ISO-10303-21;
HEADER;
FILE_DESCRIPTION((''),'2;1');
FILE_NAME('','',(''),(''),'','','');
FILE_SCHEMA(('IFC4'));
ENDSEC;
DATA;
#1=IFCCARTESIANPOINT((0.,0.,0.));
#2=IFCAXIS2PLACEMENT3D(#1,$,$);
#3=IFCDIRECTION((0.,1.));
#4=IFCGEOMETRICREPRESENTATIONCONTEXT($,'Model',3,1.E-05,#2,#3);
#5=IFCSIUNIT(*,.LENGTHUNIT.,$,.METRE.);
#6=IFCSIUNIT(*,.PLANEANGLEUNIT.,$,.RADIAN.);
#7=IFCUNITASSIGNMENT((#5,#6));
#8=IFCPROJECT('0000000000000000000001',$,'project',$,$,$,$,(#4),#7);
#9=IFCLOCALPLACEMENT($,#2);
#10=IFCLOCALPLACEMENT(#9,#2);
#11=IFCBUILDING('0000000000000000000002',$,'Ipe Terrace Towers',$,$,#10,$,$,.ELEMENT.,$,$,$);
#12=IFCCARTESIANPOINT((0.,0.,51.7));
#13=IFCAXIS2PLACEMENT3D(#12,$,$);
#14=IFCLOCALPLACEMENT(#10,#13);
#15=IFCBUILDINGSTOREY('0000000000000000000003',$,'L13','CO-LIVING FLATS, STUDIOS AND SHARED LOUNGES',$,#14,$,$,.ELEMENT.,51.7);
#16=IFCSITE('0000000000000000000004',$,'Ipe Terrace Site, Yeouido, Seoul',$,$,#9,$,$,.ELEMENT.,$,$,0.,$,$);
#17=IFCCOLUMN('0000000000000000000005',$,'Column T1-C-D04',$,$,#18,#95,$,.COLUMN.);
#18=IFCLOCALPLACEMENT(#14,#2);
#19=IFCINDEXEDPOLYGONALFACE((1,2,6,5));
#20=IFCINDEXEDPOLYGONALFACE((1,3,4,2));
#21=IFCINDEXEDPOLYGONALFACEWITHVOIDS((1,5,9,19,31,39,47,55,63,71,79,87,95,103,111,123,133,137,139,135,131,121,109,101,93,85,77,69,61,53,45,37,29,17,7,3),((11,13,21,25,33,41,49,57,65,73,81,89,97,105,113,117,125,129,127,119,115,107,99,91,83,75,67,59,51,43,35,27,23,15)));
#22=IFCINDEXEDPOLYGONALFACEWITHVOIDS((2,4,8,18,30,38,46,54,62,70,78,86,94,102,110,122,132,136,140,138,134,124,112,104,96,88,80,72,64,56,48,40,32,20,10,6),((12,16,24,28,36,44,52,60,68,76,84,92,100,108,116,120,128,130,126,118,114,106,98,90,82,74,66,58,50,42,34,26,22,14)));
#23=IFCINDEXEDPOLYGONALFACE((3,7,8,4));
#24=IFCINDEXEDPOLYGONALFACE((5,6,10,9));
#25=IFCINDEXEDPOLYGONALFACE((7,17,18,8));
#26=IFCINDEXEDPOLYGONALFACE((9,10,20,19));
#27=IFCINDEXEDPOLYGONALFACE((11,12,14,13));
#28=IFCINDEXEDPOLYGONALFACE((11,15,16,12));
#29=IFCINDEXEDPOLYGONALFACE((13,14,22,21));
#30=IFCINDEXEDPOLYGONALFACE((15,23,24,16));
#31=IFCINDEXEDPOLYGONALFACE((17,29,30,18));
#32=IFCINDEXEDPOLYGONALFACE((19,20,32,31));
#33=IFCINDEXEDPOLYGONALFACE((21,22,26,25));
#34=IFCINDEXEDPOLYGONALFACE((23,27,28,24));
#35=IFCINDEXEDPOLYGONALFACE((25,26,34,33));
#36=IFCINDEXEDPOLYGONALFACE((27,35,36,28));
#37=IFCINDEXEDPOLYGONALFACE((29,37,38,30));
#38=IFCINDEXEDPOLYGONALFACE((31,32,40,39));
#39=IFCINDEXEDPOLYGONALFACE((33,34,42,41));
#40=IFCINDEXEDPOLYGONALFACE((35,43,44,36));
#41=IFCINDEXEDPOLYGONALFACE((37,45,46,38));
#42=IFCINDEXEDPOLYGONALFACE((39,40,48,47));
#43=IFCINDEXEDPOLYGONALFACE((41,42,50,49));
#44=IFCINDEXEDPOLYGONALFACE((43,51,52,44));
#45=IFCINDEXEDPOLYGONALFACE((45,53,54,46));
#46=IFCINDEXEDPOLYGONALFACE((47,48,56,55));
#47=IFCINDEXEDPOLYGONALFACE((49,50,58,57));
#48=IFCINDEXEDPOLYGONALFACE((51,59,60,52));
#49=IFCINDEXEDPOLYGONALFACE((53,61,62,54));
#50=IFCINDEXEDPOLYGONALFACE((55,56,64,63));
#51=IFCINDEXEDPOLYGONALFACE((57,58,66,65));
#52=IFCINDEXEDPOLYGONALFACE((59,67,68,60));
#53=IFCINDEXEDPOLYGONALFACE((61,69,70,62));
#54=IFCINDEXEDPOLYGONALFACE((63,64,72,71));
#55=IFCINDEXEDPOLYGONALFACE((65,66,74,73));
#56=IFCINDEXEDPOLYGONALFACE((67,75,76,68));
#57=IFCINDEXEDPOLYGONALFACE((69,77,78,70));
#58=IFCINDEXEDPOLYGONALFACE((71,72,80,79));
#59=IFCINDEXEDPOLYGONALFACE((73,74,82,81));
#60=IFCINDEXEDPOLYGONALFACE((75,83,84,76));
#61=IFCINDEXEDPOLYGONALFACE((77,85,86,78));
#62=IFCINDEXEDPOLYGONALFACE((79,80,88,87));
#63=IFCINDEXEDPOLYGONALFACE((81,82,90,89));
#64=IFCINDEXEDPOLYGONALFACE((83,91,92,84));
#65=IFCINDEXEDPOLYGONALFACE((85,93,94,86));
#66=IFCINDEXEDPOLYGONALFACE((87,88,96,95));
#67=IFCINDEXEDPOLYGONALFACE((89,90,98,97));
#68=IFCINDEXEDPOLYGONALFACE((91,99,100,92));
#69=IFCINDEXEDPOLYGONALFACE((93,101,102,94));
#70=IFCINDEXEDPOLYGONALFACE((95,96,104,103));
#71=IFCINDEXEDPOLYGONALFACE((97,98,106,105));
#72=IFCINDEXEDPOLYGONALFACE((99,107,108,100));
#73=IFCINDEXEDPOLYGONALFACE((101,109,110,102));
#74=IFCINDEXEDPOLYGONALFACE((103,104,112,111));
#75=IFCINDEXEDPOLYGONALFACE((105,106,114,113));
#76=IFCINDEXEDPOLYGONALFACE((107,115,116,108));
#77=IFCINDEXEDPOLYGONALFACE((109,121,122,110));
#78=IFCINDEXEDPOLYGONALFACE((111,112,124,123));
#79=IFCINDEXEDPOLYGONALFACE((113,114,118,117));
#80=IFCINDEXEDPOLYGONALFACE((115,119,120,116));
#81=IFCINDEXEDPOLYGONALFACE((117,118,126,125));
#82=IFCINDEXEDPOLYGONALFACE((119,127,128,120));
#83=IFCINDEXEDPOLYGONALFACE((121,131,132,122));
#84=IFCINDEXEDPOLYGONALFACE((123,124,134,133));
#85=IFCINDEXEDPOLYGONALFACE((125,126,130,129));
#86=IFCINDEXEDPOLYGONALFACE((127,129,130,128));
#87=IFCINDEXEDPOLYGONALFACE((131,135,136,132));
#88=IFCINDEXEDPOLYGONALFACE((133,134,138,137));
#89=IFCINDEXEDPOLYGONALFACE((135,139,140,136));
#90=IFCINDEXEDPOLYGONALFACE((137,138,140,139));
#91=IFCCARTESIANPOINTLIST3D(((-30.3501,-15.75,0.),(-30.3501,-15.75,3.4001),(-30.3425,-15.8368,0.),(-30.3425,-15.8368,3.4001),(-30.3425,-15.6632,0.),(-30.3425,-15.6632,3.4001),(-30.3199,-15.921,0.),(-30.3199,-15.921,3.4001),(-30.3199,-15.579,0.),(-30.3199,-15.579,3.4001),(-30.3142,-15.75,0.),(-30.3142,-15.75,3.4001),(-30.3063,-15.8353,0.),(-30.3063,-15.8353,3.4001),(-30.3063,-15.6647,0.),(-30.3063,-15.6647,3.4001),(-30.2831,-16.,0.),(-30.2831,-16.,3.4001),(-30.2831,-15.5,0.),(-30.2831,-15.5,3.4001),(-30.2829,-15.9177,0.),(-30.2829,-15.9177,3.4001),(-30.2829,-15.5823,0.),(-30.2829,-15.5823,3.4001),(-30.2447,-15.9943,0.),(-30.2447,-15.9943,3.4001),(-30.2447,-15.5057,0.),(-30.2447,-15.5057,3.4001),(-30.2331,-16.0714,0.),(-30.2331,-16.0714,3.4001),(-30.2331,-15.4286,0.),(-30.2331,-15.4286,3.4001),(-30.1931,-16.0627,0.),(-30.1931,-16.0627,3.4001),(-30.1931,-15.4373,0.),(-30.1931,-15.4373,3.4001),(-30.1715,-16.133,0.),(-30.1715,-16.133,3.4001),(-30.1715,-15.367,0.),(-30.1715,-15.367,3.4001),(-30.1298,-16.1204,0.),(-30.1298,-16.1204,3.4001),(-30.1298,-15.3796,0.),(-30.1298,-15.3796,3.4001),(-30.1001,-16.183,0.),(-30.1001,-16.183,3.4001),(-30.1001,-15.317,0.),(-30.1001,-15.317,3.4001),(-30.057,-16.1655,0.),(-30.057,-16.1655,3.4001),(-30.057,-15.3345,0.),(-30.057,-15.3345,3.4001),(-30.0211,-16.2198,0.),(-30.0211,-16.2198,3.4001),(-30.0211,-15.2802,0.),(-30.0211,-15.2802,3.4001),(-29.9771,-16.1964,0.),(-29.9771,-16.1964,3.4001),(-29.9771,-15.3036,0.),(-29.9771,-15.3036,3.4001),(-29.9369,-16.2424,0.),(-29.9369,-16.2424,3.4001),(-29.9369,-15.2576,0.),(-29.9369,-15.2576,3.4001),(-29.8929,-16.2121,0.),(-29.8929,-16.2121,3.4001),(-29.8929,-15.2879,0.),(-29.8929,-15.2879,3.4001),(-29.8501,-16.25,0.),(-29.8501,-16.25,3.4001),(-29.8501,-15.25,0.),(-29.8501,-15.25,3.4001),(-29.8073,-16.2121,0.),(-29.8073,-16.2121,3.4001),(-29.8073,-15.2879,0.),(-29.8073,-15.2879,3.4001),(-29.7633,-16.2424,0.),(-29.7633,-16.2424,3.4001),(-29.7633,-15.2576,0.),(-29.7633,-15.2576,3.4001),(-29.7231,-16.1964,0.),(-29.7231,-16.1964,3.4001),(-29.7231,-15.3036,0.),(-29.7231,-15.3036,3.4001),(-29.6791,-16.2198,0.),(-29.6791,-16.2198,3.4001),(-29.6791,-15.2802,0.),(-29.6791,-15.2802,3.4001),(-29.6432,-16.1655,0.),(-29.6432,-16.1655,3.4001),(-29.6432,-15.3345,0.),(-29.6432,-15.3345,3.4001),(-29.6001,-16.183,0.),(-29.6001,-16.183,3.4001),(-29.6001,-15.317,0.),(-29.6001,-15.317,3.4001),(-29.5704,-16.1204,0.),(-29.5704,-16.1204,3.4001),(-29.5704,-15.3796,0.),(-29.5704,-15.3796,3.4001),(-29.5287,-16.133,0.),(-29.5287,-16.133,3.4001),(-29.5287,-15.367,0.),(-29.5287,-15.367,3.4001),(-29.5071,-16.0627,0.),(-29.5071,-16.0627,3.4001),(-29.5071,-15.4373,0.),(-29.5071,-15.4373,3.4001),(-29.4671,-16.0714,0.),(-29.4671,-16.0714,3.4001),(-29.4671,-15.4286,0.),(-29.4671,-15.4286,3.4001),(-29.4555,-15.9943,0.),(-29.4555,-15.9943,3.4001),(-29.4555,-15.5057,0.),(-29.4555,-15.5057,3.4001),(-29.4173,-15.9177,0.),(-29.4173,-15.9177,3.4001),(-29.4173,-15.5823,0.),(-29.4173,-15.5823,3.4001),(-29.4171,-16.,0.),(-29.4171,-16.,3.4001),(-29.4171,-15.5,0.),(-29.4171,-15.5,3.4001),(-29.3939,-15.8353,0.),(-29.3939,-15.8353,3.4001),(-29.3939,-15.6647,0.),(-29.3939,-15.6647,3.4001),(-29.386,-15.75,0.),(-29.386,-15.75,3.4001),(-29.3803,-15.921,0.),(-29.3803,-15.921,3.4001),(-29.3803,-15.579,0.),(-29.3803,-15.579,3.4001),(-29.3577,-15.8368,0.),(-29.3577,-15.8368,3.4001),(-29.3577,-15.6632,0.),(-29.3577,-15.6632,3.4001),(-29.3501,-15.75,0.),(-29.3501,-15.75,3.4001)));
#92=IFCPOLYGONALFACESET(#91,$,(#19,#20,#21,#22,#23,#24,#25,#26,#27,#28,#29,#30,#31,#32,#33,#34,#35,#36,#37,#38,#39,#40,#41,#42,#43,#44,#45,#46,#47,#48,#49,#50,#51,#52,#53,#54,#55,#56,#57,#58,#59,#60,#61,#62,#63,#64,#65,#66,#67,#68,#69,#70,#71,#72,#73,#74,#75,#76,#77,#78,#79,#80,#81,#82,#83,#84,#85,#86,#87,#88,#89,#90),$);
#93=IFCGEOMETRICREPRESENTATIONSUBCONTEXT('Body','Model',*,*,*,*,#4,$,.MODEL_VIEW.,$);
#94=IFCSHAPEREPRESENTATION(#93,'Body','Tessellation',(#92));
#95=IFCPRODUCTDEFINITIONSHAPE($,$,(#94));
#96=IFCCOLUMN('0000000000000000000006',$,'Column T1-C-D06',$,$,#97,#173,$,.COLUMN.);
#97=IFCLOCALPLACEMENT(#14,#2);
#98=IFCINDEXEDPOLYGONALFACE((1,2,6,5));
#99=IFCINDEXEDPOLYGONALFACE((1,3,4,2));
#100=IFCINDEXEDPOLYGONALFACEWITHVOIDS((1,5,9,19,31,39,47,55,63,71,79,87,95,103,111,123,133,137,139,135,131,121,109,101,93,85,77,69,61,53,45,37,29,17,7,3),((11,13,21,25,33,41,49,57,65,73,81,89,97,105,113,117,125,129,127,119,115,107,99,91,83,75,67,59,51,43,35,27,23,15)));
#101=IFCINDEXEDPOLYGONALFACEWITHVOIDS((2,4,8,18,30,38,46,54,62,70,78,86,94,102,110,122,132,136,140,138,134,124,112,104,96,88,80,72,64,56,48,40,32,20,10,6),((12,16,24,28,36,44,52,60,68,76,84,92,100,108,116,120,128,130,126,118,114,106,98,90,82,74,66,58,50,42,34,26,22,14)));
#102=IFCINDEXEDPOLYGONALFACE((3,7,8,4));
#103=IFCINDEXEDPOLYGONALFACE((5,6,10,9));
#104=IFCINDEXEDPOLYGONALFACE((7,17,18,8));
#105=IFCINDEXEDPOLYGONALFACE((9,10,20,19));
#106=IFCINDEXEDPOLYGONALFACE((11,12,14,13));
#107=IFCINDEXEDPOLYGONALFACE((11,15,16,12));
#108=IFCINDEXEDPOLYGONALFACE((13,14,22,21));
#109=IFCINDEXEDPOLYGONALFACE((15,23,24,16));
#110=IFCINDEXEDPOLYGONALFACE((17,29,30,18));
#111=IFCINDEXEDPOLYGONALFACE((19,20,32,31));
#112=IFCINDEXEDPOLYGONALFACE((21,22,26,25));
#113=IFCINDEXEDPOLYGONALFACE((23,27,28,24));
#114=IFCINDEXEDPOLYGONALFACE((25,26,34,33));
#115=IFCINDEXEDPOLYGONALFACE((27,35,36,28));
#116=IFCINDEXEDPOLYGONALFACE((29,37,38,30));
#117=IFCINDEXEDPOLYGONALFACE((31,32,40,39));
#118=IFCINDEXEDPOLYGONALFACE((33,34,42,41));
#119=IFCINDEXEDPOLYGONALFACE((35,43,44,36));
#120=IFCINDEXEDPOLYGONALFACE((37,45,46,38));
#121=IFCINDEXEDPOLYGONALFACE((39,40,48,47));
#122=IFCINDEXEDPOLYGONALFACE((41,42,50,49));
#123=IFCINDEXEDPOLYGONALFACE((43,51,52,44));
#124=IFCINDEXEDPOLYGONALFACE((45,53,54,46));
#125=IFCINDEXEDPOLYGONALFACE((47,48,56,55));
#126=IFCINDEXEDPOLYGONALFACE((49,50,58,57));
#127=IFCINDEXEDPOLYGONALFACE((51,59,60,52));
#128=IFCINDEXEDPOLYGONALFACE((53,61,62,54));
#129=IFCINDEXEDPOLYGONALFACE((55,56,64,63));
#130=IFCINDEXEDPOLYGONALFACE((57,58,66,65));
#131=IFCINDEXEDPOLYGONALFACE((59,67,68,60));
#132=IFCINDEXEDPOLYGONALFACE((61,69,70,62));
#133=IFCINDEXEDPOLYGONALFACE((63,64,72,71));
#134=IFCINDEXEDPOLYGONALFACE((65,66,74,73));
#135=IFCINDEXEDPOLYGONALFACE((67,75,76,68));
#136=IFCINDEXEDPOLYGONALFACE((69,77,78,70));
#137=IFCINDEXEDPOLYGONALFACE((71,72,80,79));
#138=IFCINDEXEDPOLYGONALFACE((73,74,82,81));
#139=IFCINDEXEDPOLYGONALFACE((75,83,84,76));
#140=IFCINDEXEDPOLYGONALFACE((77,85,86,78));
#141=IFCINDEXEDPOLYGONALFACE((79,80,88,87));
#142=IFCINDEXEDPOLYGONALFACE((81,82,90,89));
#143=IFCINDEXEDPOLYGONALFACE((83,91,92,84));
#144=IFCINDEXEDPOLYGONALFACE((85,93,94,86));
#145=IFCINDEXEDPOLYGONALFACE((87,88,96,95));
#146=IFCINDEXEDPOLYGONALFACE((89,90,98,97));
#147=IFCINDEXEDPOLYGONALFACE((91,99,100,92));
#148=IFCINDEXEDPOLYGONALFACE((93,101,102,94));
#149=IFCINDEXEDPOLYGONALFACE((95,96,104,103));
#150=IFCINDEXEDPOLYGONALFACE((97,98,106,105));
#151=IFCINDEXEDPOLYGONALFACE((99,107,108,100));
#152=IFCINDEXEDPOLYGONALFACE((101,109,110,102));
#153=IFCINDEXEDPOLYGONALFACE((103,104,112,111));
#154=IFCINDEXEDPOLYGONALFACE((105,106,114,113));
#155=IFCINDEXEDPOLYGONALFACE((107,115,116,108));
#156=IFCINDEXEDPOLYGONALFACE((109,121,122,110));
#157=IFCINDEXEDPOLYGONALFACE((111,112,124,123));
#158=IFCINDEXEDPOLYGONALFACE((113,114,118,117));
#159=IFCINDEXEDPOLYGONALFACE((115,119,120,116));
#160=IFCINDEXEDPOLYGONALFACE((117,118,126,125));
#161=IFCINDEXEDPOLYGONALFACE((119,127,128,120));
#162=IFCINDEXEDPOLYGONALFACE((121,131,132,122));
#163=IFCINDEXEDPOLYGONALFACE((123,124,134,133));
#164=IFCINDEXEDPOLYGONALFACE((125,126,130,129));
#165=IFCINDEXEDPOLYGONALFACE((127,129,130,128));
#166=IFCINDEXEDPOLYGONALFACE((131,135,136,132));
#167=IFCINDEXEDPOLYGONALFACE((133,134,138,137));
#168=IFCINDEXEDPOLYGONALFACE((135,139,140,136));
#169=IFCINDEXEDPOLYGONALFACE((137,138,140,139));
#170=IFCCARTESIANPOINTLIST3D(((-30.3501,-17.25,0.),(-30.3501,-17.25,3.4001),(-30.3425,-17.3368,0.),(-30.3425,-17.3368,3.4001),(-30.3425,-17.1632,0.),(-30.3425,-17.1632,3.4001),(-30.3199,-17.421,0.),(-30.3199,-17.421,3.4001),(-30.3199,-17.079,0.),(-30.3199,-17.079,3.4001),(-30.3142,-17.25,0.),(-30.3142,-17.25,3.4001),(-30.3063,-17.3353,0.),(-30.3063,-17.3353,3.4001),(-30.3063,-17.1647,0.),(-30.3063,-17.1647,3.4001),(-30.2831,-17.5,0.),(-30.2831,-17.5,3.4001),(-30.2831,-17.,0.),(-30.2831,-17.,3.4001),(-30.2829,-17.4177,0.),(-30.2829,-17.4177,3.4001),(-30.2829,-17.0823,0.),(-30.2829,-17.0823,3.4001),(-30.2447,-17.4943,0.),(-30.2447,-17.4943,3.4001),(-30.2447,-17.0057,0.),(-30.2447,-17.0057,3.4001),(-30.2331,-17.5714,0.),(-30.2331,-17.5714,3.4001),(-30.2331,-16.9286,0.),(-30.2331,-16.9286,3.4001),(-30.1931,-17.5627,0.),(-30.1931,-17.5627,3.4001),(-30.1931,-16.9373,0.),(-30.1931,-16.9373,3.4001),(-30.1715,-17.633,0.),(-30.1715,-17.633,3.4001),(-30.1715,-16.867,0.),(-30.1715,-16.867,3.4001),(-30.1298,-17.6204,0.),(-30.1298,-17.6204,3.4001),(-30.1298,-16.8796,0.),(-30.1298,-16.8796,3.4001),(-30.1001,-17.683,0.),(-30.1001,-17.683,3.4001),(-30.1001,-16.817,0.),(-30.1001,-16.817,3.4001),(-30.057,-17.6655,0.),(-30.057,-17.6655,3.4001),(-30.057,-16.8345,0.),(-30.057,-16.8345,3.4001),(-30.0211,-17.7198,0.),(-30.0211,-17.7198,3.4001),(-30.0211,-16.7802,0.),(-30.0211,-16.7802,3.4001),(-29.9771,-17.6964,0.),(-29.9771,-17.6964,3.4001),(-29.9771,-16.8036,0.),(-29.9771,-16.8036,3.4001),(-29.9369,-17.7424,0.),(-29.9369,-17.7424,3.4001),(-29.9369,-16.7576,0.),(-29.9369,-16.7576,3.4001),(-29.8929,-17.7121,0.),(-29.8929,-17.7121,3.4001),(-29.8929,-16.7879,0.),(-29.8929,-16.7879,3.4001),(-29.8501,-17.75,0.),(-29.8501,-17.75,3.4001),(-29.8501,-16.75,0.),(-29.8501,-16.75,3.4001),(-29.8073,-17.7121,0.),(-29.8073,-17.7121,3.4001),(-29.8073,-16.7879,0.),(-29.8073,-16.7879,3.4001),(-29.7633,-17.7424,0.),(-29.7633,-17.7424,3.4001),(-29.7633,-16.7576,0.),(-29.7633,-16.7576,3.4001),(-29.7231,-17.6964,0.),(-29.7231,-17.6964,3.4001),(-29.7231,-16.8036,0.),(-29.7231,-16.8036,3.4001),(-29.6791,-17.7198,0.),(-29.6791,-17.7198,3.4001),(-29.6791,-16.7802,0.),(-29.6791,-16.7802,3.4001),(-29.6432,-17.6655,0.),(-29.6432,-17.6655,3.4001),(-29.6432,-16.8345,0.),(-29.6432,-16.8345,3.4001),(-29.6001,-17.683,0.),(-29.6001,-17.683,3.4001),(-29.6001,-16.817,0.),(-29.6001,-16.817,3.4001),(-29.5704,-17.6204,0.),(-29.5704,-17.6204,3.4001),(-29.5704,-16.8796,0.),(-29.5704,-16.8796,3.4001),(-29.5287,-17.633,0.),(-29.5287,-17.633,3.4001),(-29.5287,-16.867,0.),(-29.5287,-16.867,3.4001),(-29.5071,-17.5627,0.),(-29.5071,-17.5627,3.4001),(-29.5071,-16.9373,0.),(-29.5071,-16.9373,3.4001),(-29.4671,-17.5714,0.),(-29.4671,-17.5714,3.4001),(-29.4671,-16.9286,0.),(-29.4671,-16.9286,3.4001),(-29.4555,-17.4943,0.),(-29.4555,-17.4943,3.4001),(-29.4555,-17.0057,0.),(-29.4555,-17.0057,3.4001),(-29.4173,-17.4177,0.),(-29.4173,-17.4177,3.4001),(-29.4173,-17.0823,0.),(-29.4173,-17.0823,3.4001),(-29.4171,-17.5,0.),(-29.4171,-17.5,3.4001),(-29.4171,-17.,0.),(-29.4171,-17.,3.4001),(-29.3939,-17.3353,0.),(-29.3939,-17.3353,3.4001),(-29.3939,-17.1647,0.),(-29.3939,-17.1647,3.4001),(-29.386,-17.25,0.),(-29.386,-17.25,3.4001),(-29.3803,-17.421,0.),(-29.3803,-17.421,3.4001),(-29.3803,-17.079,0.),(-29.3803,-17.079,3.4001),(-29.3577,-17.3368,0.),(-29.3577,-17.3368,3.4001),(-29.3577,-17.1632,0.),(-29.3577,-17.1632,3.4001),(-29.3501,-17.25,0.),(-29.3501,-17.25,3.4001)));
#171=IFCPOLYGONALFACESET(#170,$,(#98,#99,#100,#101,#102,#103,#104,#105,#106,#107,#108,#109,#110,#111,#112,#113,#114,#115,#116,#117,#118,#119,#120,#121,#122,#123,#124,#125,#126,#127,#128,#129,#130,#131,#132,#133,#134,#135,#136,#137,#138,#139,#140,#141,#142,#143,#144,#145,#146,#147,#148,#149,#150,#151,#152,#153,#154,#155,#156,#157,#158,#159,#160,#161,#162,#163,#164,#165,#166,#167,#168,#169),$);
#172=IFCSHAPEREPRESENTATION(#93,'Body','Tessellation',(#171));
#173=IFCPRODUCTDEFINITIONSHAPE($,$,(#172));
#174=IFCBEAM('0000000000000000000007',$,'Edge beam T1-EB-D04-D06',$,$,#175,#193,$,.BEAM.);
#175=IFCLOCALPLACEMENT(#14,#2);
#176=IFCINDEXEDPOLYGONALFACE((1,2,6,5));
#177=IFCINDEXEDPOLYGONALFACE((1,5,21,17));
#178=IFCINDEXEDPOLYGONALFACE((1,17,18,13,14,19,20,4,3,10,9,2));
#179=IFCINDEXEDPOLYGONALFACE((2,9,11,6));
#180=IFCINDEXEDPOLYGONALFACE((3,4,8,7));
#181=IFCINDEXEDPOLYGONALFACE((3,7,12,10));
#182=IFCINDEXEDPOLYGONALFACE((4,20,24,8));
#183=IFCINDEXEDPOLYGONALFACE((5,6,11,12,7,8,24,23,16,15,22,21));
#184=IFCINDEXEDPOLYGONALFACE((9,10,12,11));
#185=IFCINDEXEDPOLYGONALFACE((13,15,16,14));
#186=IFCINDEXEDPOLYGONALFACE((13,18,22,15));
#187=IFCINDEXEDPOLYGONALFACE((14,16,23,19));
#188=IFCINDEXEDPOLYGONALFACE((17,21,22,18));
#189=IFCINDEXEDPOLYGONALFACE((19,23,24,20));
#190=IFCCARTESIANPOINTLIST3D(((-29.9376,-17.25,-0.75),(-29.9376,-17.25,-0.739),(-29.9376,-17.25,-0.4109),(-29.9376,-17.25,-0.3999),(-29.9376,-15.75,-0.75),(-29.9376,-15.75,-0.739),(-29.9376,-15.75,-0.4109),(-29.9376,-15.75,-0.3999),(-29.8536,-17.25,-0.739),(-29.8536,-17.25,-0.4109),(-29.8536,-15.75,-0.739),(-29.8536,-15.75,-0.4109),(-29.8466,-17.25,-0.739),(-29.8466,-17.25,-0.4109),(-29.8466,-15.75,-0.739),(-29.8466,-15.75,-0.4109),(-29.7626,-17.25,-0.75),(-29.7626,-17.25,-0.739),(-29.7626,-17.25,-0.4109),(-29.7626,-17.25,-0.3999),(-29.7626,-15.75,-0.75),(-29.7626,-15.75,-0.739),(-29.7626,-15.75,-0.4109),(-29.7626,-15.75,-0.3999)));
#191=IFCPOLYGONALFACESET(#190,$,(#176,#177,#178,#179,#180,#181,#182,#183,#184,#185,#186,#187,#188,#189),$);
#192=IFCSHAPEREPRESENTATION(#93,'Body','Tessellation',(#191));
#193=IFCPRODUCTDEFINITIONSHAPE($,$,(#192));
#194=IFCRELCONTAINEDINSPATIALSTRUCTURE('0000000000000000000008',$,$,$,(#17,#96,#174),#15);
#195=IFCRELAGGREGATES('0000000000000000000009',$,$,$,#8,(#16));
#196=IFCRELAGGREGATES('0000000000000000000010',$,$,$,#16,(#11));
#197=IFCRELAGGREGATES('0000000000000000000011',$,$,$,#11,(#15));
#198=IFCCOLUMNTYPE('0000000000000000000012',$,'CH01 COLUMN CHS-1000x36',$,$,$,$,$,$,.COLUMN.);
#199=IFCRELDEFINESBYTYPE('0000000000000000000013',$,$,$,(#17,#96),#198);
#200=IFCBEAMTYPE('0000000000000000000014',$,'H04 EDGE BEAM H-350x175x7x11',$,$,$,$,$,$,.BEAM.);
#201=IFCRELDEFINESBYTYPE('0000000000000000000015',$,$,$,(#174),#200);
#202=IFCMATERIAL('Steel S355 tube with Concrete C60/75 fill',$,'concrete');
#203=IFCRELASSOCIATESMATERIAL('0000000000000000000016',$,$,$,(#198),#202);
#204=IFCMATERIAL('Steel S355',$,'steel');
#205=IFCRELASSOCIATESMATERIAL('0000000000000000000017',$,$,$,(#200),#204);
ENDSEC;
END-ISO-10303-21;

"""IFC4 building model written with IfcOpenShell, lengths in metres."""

from ifc_helpers import new_model, si_unit, direction, frame, origin, origin_2d, place, context, subcontext, project, spatial, hollow_circle, i_section, extrude, material, material_profile, profile_set, type_object, element, save


model = new_model("IFC4")

# Units and contexts
model_context = context("Model", 3, precision=1e-05, world=origin(), true_north=direction((0.0, 1.0)))
body_context = subcontext(model_context, "Body", "Model", "MODEL_VIEW")
ifc_project = project(units=[si_unit("LENGTHUNIT", "METRE"), si_unit("PLANEANGLEUNIT", "RADIAN")], contexts=[model_context])

# Site, building, storey
site_placement = place(None, origin())
site = spatial("IfcSite", under=ifc_project, at=site_placement, Name="Ipe Terrace Site, Yeouido, Seoul", CompositionType="ELEMENT", RefElevation=0.0)
building_placement = place(site_placement, origin())
building = spatial("IfcBuilding", under=site, at=building_placement, Name="Ipe Terrace Towers", CompositionType="ELEMENT")
storey_placement = place(building_placement, frame((0.0, 0.0, 51.7)))
storey = spatial("IfcBuildingStorey", under=building, at=storey_placement, Name="L13", Description="CO-LIVING FLATS, STUDIOS AND SHARED LOUNGES", CompositionType="ELEMENT", Elevation=51.7)

# Columns
ifc_material_1 = material(Name="Steel S355 tube with Concrete C60/75 fill", Category="concrete")
ifc_material_profile_1 = material_profile(ifc_material_1, hollow_circle(Radius=0.5, WallThickness=0.0359, at=origin_2d()), Name="CHS-1000x36")
ifc_profile_set_1 = profile_set([ifc_material_profile_1], Name="Steel S355 tube with Concrete C60/75 fill")
column_type = type_object("IfcColumnType", Name="CH01 COLUMN CHS-1000x36", PredefinedType="COLUMN", material=ifc_profile_set_1)
for number, where, z_axis, x_axis, name in (
    (1, (-29.8501, -15.75, 0.0), (0.0, 0.0, 1.0), (1.0, 0.0, 0.0), "Column T1-C-D04"),
    (2, (-29.8501, -17.25, 0.0), (0.0, 0.0, 1.0), (1.0, 0.0, 0.0), "Column T1-C-D06"),
):
    element("IfcColumn", number, at=place(storey_placement, frame(where, z_axis=z_axis, x_axis=x_axis)), inside=storey, type_object=column_type, Name=name, PredefinedType="COLUMN", context=body_context, shape_type="SweptSolid", body=[
        extrude(hollow_circle(Radius=0.5, WallThickness=0.0359, at=origin_2d()), origin(), (0.0, 0.0, 1.0), 3.4001),
    ])

# Beam
ifc_material_2 = material(Name="Steel S355", Category="steel")
ifc_material_profile_2 = material_profile(ifc_material_2, i_section(OverallWidth=0.175, OverallDepth=0.3501, WebThickness=0.0071, FlangeThickness=0.011, at=origin_2d()), Name="H-350x175x7x11")
ifc_profile_set_2 = profile_set([ifc_material_profile_2], Name="Steel S355")
beam_type = type_object("IfcBeamType", Name="H04 EDGE BEAM H-350x175x7x11", PredefinedType="BEAM", material=ifc_profile_set_2)
beam_placement = place(storey_placement, frame((-29.8501, -15.75, -0.575), z_axis=(0.0, -1.0, 0.0), x_axis=(1.0, 0.0, 0.0)))
element("IfcBeam", 3, at=beam_placement, inside=storey, type_object=beam_type, Name="Edge beam T1-EB-D04-D06", PredefinedType="BEAM", context=body_context, shape_type="SweptSolid", body=[
    extrude(i_section(OverallWidth=0.175, OverallDepth=0.3501, WebThickness=0.0071, FlangeThickness=0.011, at=origin_2d()), origin(), (0.0, 0.0, 1.0), 1.5),
])

save(model, "model.ifc")
